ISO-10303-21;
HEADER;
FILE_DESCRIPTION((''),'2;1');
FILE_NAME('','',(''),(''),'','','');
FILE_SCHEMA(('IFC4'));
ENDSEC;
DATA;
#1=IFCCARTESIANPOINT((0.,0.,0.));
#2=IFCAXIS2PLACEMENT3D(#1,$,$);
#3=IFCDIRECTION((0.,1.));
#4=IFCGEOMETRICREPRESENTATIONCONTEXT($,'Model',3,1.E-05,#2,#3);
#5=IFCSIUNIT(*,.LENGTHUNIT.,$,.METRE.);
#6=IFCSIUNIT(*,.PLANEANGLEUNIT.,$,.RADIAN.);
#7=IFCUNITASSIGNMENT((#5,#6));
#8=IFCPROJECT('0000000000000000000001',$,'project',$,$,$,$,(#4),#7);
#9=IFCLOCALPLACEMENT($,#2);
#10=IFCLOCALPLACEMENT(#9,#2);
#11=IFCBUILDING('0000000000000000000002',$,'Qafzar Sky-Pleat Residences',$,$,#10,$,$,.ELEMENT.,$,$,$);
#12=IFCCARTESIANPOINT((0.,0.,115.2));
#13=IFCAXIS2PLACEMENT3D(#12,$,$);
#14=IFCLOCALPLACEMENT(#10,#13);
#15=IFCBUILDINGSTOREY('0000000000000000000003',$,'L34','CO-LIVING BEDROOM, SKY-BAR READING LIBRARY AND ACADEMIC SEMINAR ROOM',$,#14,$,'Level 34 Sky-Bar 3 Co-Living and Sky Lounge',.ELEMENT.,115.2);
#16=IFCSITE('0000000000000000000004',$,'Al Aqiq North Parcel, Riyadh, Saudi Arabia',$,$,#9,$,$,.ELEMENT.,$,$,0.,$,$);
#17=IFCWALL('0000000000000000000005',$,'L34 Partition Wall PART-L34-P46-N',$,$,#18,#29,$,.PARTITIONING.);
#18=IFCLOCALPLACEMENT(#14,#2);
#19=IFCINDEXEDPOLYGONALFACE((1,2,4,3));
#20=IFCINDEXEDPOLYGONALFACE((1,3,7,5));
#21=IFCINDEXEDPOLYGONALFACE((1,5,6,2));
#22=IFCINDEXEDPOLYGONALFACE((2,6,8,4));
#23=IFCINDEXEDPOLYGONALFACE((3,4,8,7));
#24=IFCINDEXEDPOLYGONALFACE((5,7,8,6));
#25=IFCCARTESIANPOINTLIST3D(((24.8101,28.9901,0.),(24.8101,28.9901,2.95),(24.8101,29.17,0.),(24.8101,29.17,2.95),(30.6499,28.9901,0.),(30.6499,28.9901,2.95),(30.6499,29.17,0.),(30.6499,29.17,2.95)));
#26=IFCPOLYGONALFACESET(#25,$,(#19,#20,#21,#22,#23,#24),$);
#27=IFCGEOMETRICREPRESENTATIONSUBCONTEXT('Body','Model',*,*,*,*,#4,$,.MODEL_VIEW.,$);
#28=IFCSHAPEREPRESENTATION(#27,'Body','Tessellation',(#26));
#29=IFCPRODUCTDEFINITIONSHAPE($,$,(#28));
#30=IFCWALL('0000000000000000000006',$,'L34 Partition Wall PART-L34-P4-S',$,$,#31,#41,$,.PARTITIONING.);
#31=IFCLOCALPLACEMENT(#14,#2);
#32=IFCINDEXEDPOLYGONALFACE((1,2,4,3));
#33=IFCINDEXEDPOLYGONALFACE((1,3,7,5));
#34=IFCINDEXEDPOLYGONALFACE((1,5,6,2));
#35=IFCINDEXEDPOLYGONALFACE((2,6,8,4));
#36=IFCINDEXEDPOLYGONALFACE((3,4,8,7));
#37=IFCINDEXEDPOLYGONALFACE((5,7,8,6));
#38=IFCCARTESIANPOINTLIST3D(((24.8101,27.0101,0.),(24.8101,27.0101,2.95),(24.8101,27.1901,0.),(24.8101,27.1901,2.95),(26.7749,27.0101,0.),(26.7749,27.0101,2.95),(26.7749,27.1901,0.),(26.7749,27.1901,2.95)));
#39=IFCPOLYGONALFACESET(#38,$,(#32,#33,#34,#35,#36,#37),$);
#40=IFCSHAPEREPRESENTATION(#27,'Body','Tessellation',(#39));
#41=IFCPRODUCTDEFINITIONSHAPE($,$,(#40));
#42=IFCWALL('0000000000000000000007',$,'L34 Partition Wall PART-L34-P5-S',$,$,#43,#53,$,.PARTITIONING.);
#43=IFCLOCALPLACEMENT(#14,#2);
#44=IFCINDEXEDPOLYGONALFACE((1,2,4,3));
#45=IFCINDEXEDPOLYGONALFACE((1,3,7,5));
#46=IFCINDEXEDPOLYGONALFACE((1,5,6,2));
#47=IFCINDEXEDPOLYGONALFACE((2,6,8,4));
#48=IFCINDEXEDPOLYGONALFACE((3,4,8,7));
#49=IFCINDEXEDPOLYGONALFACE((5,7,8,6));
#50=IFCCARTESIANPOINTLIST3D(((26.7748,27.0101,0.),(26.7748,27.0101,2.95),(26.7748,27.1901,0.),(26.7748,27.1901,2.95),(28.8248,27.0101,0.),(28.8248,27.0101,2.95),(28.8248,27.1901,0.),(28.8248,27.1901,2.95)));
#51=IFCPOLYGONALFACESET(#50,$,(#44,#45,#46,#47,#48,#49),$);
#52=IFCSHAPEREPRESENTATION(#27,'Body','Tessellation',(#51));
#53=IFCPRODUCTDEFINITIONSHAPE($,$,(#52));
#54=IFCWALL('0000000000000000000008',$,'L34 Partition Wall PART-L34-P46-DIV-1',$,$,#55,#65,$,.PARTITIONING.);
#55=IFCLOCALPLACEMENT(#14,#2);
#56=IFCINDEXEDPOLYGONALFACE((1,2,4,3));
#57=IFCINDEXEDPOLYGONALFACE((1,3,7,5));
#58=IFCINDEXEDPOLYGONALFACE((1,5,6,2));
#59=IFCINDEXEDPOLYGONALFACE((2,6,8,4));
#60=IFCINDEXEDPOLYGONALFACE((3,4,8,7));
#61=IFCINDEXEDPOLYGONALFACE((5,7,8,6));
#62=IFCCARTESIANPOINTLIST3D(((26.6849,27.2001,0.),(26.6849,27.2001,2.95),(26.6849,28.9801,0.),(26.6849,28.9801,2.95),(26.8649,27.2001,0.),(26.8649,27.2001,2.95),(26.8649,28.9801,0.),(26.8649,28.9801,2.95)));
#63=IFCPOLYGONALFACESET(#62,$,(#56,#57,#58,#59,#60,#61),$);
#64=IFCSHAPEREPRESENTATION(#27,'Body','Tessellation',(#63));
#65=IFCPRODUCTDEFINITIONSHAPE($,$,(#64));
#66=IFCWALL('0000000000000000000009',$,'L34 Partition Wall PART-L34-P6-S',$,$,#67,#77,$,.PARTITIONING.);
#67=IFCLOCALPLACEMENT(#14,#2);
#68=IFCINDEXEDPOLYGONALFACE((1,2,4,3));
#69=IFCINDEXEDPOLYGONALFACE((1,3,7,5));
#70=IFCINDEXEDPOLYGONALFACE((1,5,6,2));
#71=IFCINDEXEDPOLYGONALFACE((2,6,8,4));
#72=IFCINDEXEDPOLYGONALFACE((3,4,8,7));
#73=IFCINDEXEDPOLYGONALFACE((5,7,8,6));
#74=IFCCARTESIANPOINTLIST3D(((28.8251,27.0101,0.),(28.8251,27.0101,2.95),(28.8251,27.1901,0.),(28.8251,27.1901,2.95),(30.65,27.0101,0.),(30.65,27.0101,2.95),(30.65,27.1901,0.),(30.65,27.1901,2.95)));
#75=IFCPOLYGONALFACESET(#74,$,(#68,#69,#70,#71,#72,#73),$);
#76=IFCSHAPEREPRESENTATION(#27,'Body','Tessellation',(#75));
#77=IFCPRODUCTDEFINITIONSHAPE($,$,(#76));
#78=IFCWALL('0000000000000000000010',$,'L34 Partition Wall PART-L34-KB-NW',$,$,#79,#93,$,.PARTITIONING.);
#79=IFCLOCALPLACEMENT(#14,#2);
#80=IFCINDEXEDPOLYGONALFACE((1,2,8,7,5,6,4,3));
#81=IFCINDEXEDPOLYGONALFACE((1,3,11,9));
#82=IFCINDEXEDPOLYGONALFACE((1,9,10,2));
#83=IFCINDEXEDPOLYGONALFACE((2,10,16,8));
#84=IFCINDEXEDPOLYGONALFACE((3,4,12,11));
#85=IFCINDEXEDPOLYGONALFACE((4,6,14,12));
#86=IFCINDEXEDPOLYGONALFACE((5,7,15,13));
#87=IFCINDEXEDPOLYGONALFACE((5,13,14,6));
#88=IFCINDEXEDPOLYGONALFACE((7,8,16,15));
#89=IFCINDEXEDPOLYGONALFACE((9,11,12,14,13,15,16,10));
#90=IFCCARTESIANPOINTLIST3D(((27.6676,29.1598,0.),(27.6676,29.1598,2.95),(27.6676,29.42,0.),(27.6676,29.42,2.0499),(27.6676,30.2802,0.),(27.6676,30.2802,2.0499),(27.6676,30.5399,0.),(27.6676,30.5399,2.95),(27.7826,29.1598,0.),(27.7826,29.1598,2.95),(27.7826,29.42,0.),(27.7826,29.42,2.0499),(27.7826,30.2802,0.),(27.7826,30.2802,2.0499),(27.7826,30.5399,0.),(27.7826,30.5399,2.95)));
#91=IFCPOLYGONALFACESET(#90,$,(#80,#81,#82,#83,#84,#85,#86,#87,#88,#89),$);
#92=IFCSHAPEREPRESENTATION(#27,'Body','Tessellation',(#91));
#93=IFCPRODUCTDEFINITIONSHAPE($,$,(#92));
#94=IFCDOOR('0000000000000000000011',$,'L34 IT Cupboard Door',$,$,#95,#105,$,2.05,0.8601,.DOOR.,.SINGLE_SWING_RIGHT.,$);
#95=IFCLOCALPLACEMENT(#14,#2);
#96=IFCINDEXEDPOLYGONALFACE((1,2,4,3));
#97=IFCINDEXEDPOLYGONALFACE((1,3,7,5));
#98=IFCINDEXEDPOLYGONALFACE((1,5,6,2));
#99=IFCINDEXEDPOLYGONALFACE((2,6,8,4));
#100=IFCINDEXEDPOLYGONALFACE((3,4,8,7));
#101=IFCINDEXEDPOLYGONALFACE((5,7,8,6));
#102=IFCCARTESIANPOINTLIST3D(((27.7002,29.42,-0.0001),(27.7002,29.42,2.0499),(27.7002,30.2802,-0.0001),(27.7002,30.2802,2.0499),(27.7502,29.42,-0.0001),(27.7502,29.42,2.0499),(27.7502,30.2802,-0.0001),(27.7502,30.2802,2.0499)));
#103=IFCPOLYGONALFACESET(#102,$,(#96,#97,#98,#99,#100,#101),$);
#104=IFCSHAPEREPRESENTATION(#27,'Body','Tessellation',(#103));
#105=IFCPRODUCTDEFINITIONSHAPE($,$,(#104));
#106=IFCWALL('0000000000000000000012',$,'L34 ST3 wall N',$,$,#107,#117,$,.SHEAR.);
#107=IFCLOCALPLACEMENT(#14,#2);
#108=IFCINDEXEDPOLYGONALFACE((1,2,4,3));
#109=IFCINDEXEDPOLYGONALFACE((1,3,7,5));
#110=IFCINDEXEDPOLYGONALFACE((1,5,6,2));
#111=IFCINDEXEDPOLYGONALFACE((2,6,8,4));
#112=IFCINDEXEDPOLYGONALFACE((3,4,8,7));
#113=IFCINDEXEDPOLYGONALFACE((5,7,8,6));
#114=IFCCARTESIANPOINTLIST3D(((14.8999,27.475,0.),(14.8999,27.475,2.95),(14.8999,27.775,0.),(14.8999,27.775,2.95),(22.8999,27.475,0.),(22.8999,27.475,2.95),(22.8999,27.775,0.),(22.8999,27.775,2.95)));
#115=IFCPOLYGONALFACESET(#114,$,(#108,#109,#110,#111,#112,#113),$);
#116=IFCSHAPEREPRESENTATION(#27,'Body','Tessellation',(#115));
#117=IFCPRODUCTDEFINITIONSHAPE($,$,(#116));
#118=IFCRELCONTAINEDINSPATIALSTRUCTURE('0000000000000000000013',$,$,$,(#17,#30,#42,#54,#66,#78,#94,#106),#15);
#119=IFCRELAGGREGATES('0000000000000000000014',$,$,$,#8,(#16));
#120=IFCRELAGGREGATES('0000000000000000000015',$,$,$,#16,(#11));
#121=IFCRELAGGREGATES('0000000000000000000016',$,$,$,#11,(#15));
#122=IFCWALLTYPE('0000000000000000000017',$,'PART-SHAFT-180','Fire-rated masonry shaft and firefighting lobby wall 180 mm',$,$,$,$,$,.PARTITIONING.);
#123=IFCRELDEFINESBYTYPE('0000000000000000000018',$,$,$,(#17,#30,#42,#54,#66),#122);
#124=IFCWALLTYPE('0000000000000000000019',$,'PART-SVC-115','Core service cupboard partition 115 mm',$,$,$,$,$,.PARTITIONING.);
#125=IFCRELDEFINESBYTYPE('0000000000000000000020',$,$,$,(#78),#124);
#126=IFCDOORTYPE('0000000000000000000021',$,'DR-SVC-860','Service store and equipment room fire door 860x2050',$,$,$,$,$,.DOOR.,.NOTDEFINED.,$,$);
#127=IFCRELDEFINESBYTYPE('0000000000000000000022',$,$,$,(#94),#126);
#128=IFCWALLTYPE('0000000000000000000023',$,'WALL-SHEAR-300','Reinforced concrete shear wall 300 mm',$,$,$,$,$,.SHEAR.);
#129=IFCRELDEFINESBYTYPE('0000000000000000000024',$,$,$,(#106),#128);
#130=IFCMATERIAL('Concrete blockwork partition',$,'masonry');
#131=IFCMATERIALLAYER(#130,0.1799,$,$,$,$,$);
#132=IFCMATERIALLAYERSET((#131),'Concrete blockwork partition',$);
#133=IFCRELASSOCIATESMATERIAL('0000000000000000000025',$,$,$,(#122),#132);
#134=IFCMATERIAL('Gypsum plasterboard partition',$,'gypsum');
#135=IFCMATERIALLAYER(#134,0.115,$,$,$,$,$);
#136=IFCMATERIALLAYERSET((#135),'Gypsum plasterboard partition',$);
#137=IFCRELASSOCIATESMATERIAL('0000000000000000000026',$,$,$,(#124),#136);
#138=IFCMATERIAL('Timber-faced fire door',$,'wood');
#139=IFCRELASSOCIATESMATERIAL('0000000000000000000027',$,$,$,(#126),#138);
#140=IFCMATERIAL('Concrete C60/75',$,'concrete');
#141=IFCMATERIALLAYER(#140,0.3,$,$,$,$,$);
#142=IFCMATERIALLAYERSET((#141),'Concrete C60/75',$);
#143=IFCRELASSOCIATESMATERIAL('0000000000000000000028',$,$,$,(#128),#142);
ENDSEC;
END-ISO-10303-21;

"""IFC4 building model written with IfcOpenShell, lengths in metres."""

from ifc_helpers import new_model, si_unit, direction, frame, frame_2d, origin, place, context, subcontext, project, spatial, rectangle, extrude, source, transform, mapped, material, layer, layer_set, type_object, element, fill, save


model = new_model("IFC4")

# Units and contexts
model_context = context("Model", 3, precision=1e-05, world=origin(), true_north=direction((0.0, 1.0)))
body_context = subcontext(model_context, "Body", "Model", "MODEL_VIEW")
ifc_project = project(units=[si_unit("LENGTHUNIT", "METRE"), si_unit("PLANEANGLEUNIT", "RADIAN")], contexts=[model_context])

# Site, building, storey
site_placement = place(None, origin())
site = spatial("IfcSite", under=ifc_project, at=site_placement, Name="Al Aqiq North Parcel, Riyadh, Saudi Arabia", CompositionType="ELEMENT", RefElevation=0.0)
building_placement = place(site_placement, origin())
building = spatial("IfcBuilding", under=site, at=building_placement, Name="Qafzar Sky-Pleat Residences", CompositionType="ELEMENT")
storey_placement = place(building_placement, frame((0.0, 0.0, 115.2)))
storey = spatial("IfcBuildingStorey", under=building, at=storey_placement, Name="L34", Description="CO-LIVING BEDROOM, SKY-BAR READING LIBRARY AND ACADEMIC SEMINAR ROOM", LongName="Level 34 Sky-Bar 3 Co-Living and Sky Lounge", CompositionType="ELEMENT", Elevation=115.2)

# Shared definitions
ifc_material_1 = material(Name="Concrete blockwork partition", Category="masonry")
ifc_layer_1 = layer(ifc_material_1, 0.1799)
ifc_layer_set_1 = layer_set([ifc_layer_1], Name="Concrete blockwork partition")
wall_type_1 = type_object("IfcWallType", Name="PART-SHAFT-180", Description="Fire-rated masonry shaft and firefighting lobby wall 180 mm", PredefinedType="PARTITIONING", material=ifc_layer_set_1)

# Walls
wall_1_placement = place(storey_placement, frame((24.8101, 29.0801, 0.0), z_axis=(0.0, 0.0, 1.0), x_axis=(1.0, 0.0, 0.0)))
element("IfcWall", 1, at=wall_1_placement, inside=storey, type_object=wall_type_1, Name="L34 Partition Wall PART-L34-P46-N", PredefinedType="PARTITIONING", context=body_context, shape_type="SweptSolid", body=[
    extrude(rectangle(XDim=5.8398, YDim=0.1799, at=frame_2d((2.9199, 0.0))), origin(), (0.0, 0.0, 1.0), 2.95),
])
wall_2_placement = place(storey_placement, frame((24.8101, 27.1001, 0.0), z_axis=(0.0, 0.0, 1.0), x_axis=(1.0, 0.0, 0.0)))
element("IfcWall", 2, at=wall_2_placement, inside=storey, type_object=wall_type_1, Name="L34 Partition Wall PART-L34-P4-S", PredefinedType="PARTITIONING", context=body_context, shape_type="SweptSolid", body=[
    extrude(rectangle(XDim=1.9648, YDim=0.1799, at=frame_2d((0.9824, 0.0))), origin(), (0.0, 0.0, 1.0), 2.95),
])
wall_3_placement = place(storey_placement, frame((26.7749, 27.1001, 0.0), z_axis=(0.0, 0.0, 1.0), x_axis=(1.0, 0.0, 0.0)))
element("IfcWall", 3, at=wall_3_placement, inside=storey, type_object=wall_type_1, Name="L34 Partition Wall PART-L34-P5-S", PredefinedType="PARTITIONING", context=body_context, shape_type="SweptSolid", body=[
    extrude(rectangle(XDim=2.05, YDim=0.1799, at=frame_2d((1.0249, 0.0))), origin(), (0.0, 0.0, 1.0), 2.95),
])
wall_4_placement = place(storey_placement, frame((26.7749, 27.2, 0.0), z_axis=(0.0, 0.0, 1.0), x_axis=(0.0, 1.0, 0.0)))
element("IfcWall", 4, at=wall_4_placement, inside=storey, type_object=wall_type_1, Name="L34 Partition Wall PART-L34-P46-DIV-1", PredefinedType="PARTITIONING", context=body_context, shape_type="SweptSolid", body=[
    extrude(rectangle(XDim=1.78, YDim=0.1799, at=frame_2d((0.8901, 0.0))), origin(), (0.0, 0.0, 1.0), 2.95),
])
wall_5_placement = place(storey_placement, frame((28.825, 27.1001, 0.0), z_axis=(0.0, 0.0, 1.0), x_axis=(1.0, 0.0, 0.0)))
element("IfcWall", 5, at=wall_5_placement, inside=storey, type_object=wall_type_1, Name="L34 Partition Wall PART-L34-P6-S", PredefinedType="PARTITIONING", context=body_context, shape_type="SweptSolid", body=[
    extrude(rectangle(XDim=1.825, YDim=0.1799, at=frame_2d((0.9126, 0.0))), origin(), (0.0, 0.0, 1.0), 2.95),
])

# Wall, opening, door
ifc_material_2 = material(Name="Gypsum plasterboard partition", Category="gypsum")
ifc_layer_2 = layer(ifc_material_2, 0.115)
ifc_layer_set_2 = layer_set([ifc_layer_2], Name="Gypsum plasterboard partition")
wall_type_2 = type_object("IfcWallType", Name="PART-SVC-115", Description="Core service cupboard partition 115 mm", PredefinedType="PARTITIONING", material=ifc_layer_set_2)
wall_6_placement = place(storey_placement, frame((27.7251, 29.1599, 0.0), z_axis=(0.0, 0.0, 1.0), x_axis=(0.0, 1.0, 0.0)))
wall_6 = element("IfcWall", 6, at=wall_6_placement, inside=storey, type_object=wall_type_2, Name="L34 Partition Wall PART-L34-KB-NW", PredefinedType="PARTITIONING", context=body_context, shape_type="SweptSolid", body=[
    extrude(rectangle(XDim=1.3801, YDim=0.115, at=frame_2d((0.6899, 0.0))), origin(), (0.0, 0.0, 1.0), 2.95),
])
opening_1_placement = place(wall_6_placement, frame((0.26, 0.0, 0.0)))
opening_1 = element("IfcOpeningElement", 7, at=opening_1_placement, cuts=wall_6, PredefinedType="OPENING", context=body_context, shape_type="SweptSolid", body=[
    extrude(rectangle(XDim=0.8601, YDim=2.05, at=frame_2d((0.4302, 1.0249))), frame((0.0, 0.0674, 0.0), z_axis=(0.0, -1.0, 0.0), x_axis=(1.0, 0.0, 0.0)), (0.0, 0.0, 1.0), 0.135),
])
ifc_material_3 = material(Name="Timber-faced fire door", Category="wood")
door_type_1 = type_object("IfcDoorType", Name="DR-SVC-860", Description="Service store and equipment room fire door 860x2050", OperationType="NOTDEFINED", PredefinedType="DOOR", material=ifc_material_3)
shared_shape_1 = source(origin(), body_context, "Body", "SweptSolid", [
    extrude(rectangle(XDim=0.8601, YDim=2.05, at=frame_2d((0.4302, 1.0249))), frame((0.0, 0.0249, 0.0), z_axis=(0.0, -1.0, 0.0), x_axis=(1.0, 0.0, 0.0)), (0.0, 0.0, 1.0), 0.05),
])
door_1_placement = place(opening_1_placement, origin())
door_1 = element("IfcDoor", 8, at=door_1_placement, inside=storey, type_object=door_type_1, Name="L34 IT Cupboard Door", OperationType="SINGLE_SWING_RIGHT", OverallHeight=2.05, OverallWidth=0.8601, PredefinedType="DOOR", context=body_context, shape_type="MappedRepresentation", body=[
    mapped(shared_shape_1, transform((0.0, 0.0, 0.0), x_axis=(1.0, 0.0, 0.0), y_axis=(0.0, 1.0, 0.0), z_axis=(0.0, 0.0, 1.0), scale=1.0)),
])
fill(opening_1, door_1)

# Wall
ifc_material_4 = material(Name="Concrete C60/75", Category="concrete")
ifc_layer_3 = layer(ifc_material_4, 0.3)
ifc_layer_set_3 = layer_set([ifc_layer_3], Name="Concrete C60/75")
wall_type_3 = type_object("IfcWallType", Name="WALL-SHEAR-300", Description="Reinforced concrete shear wall 300 mm", PredefinedType="SHEAR", material=ifc_layer_set_3)
wall_7_placement = place(storey_placement, frame((22.8999, 27.625, 0.0), z_axis=(0.0, 0.0, 1.0), x_axis=(-1.0, 0.0, 0.0)))
element("IfcWall", 9, at=wall_7_placement, inside=storey, type_object=wall_type_3, Name="L34 ST3 wall N", PredefinedType="SHEAR", context=body_context, shape_type="SweptSolid", body=[
    extrude(rectangle(XDim=8.0, YDim=0.3, at=frame_2d((4.0, 0.0))), origin(), (0.0, 0.0, 1.0), 2.95),
])

save(model, "model.ifc")
